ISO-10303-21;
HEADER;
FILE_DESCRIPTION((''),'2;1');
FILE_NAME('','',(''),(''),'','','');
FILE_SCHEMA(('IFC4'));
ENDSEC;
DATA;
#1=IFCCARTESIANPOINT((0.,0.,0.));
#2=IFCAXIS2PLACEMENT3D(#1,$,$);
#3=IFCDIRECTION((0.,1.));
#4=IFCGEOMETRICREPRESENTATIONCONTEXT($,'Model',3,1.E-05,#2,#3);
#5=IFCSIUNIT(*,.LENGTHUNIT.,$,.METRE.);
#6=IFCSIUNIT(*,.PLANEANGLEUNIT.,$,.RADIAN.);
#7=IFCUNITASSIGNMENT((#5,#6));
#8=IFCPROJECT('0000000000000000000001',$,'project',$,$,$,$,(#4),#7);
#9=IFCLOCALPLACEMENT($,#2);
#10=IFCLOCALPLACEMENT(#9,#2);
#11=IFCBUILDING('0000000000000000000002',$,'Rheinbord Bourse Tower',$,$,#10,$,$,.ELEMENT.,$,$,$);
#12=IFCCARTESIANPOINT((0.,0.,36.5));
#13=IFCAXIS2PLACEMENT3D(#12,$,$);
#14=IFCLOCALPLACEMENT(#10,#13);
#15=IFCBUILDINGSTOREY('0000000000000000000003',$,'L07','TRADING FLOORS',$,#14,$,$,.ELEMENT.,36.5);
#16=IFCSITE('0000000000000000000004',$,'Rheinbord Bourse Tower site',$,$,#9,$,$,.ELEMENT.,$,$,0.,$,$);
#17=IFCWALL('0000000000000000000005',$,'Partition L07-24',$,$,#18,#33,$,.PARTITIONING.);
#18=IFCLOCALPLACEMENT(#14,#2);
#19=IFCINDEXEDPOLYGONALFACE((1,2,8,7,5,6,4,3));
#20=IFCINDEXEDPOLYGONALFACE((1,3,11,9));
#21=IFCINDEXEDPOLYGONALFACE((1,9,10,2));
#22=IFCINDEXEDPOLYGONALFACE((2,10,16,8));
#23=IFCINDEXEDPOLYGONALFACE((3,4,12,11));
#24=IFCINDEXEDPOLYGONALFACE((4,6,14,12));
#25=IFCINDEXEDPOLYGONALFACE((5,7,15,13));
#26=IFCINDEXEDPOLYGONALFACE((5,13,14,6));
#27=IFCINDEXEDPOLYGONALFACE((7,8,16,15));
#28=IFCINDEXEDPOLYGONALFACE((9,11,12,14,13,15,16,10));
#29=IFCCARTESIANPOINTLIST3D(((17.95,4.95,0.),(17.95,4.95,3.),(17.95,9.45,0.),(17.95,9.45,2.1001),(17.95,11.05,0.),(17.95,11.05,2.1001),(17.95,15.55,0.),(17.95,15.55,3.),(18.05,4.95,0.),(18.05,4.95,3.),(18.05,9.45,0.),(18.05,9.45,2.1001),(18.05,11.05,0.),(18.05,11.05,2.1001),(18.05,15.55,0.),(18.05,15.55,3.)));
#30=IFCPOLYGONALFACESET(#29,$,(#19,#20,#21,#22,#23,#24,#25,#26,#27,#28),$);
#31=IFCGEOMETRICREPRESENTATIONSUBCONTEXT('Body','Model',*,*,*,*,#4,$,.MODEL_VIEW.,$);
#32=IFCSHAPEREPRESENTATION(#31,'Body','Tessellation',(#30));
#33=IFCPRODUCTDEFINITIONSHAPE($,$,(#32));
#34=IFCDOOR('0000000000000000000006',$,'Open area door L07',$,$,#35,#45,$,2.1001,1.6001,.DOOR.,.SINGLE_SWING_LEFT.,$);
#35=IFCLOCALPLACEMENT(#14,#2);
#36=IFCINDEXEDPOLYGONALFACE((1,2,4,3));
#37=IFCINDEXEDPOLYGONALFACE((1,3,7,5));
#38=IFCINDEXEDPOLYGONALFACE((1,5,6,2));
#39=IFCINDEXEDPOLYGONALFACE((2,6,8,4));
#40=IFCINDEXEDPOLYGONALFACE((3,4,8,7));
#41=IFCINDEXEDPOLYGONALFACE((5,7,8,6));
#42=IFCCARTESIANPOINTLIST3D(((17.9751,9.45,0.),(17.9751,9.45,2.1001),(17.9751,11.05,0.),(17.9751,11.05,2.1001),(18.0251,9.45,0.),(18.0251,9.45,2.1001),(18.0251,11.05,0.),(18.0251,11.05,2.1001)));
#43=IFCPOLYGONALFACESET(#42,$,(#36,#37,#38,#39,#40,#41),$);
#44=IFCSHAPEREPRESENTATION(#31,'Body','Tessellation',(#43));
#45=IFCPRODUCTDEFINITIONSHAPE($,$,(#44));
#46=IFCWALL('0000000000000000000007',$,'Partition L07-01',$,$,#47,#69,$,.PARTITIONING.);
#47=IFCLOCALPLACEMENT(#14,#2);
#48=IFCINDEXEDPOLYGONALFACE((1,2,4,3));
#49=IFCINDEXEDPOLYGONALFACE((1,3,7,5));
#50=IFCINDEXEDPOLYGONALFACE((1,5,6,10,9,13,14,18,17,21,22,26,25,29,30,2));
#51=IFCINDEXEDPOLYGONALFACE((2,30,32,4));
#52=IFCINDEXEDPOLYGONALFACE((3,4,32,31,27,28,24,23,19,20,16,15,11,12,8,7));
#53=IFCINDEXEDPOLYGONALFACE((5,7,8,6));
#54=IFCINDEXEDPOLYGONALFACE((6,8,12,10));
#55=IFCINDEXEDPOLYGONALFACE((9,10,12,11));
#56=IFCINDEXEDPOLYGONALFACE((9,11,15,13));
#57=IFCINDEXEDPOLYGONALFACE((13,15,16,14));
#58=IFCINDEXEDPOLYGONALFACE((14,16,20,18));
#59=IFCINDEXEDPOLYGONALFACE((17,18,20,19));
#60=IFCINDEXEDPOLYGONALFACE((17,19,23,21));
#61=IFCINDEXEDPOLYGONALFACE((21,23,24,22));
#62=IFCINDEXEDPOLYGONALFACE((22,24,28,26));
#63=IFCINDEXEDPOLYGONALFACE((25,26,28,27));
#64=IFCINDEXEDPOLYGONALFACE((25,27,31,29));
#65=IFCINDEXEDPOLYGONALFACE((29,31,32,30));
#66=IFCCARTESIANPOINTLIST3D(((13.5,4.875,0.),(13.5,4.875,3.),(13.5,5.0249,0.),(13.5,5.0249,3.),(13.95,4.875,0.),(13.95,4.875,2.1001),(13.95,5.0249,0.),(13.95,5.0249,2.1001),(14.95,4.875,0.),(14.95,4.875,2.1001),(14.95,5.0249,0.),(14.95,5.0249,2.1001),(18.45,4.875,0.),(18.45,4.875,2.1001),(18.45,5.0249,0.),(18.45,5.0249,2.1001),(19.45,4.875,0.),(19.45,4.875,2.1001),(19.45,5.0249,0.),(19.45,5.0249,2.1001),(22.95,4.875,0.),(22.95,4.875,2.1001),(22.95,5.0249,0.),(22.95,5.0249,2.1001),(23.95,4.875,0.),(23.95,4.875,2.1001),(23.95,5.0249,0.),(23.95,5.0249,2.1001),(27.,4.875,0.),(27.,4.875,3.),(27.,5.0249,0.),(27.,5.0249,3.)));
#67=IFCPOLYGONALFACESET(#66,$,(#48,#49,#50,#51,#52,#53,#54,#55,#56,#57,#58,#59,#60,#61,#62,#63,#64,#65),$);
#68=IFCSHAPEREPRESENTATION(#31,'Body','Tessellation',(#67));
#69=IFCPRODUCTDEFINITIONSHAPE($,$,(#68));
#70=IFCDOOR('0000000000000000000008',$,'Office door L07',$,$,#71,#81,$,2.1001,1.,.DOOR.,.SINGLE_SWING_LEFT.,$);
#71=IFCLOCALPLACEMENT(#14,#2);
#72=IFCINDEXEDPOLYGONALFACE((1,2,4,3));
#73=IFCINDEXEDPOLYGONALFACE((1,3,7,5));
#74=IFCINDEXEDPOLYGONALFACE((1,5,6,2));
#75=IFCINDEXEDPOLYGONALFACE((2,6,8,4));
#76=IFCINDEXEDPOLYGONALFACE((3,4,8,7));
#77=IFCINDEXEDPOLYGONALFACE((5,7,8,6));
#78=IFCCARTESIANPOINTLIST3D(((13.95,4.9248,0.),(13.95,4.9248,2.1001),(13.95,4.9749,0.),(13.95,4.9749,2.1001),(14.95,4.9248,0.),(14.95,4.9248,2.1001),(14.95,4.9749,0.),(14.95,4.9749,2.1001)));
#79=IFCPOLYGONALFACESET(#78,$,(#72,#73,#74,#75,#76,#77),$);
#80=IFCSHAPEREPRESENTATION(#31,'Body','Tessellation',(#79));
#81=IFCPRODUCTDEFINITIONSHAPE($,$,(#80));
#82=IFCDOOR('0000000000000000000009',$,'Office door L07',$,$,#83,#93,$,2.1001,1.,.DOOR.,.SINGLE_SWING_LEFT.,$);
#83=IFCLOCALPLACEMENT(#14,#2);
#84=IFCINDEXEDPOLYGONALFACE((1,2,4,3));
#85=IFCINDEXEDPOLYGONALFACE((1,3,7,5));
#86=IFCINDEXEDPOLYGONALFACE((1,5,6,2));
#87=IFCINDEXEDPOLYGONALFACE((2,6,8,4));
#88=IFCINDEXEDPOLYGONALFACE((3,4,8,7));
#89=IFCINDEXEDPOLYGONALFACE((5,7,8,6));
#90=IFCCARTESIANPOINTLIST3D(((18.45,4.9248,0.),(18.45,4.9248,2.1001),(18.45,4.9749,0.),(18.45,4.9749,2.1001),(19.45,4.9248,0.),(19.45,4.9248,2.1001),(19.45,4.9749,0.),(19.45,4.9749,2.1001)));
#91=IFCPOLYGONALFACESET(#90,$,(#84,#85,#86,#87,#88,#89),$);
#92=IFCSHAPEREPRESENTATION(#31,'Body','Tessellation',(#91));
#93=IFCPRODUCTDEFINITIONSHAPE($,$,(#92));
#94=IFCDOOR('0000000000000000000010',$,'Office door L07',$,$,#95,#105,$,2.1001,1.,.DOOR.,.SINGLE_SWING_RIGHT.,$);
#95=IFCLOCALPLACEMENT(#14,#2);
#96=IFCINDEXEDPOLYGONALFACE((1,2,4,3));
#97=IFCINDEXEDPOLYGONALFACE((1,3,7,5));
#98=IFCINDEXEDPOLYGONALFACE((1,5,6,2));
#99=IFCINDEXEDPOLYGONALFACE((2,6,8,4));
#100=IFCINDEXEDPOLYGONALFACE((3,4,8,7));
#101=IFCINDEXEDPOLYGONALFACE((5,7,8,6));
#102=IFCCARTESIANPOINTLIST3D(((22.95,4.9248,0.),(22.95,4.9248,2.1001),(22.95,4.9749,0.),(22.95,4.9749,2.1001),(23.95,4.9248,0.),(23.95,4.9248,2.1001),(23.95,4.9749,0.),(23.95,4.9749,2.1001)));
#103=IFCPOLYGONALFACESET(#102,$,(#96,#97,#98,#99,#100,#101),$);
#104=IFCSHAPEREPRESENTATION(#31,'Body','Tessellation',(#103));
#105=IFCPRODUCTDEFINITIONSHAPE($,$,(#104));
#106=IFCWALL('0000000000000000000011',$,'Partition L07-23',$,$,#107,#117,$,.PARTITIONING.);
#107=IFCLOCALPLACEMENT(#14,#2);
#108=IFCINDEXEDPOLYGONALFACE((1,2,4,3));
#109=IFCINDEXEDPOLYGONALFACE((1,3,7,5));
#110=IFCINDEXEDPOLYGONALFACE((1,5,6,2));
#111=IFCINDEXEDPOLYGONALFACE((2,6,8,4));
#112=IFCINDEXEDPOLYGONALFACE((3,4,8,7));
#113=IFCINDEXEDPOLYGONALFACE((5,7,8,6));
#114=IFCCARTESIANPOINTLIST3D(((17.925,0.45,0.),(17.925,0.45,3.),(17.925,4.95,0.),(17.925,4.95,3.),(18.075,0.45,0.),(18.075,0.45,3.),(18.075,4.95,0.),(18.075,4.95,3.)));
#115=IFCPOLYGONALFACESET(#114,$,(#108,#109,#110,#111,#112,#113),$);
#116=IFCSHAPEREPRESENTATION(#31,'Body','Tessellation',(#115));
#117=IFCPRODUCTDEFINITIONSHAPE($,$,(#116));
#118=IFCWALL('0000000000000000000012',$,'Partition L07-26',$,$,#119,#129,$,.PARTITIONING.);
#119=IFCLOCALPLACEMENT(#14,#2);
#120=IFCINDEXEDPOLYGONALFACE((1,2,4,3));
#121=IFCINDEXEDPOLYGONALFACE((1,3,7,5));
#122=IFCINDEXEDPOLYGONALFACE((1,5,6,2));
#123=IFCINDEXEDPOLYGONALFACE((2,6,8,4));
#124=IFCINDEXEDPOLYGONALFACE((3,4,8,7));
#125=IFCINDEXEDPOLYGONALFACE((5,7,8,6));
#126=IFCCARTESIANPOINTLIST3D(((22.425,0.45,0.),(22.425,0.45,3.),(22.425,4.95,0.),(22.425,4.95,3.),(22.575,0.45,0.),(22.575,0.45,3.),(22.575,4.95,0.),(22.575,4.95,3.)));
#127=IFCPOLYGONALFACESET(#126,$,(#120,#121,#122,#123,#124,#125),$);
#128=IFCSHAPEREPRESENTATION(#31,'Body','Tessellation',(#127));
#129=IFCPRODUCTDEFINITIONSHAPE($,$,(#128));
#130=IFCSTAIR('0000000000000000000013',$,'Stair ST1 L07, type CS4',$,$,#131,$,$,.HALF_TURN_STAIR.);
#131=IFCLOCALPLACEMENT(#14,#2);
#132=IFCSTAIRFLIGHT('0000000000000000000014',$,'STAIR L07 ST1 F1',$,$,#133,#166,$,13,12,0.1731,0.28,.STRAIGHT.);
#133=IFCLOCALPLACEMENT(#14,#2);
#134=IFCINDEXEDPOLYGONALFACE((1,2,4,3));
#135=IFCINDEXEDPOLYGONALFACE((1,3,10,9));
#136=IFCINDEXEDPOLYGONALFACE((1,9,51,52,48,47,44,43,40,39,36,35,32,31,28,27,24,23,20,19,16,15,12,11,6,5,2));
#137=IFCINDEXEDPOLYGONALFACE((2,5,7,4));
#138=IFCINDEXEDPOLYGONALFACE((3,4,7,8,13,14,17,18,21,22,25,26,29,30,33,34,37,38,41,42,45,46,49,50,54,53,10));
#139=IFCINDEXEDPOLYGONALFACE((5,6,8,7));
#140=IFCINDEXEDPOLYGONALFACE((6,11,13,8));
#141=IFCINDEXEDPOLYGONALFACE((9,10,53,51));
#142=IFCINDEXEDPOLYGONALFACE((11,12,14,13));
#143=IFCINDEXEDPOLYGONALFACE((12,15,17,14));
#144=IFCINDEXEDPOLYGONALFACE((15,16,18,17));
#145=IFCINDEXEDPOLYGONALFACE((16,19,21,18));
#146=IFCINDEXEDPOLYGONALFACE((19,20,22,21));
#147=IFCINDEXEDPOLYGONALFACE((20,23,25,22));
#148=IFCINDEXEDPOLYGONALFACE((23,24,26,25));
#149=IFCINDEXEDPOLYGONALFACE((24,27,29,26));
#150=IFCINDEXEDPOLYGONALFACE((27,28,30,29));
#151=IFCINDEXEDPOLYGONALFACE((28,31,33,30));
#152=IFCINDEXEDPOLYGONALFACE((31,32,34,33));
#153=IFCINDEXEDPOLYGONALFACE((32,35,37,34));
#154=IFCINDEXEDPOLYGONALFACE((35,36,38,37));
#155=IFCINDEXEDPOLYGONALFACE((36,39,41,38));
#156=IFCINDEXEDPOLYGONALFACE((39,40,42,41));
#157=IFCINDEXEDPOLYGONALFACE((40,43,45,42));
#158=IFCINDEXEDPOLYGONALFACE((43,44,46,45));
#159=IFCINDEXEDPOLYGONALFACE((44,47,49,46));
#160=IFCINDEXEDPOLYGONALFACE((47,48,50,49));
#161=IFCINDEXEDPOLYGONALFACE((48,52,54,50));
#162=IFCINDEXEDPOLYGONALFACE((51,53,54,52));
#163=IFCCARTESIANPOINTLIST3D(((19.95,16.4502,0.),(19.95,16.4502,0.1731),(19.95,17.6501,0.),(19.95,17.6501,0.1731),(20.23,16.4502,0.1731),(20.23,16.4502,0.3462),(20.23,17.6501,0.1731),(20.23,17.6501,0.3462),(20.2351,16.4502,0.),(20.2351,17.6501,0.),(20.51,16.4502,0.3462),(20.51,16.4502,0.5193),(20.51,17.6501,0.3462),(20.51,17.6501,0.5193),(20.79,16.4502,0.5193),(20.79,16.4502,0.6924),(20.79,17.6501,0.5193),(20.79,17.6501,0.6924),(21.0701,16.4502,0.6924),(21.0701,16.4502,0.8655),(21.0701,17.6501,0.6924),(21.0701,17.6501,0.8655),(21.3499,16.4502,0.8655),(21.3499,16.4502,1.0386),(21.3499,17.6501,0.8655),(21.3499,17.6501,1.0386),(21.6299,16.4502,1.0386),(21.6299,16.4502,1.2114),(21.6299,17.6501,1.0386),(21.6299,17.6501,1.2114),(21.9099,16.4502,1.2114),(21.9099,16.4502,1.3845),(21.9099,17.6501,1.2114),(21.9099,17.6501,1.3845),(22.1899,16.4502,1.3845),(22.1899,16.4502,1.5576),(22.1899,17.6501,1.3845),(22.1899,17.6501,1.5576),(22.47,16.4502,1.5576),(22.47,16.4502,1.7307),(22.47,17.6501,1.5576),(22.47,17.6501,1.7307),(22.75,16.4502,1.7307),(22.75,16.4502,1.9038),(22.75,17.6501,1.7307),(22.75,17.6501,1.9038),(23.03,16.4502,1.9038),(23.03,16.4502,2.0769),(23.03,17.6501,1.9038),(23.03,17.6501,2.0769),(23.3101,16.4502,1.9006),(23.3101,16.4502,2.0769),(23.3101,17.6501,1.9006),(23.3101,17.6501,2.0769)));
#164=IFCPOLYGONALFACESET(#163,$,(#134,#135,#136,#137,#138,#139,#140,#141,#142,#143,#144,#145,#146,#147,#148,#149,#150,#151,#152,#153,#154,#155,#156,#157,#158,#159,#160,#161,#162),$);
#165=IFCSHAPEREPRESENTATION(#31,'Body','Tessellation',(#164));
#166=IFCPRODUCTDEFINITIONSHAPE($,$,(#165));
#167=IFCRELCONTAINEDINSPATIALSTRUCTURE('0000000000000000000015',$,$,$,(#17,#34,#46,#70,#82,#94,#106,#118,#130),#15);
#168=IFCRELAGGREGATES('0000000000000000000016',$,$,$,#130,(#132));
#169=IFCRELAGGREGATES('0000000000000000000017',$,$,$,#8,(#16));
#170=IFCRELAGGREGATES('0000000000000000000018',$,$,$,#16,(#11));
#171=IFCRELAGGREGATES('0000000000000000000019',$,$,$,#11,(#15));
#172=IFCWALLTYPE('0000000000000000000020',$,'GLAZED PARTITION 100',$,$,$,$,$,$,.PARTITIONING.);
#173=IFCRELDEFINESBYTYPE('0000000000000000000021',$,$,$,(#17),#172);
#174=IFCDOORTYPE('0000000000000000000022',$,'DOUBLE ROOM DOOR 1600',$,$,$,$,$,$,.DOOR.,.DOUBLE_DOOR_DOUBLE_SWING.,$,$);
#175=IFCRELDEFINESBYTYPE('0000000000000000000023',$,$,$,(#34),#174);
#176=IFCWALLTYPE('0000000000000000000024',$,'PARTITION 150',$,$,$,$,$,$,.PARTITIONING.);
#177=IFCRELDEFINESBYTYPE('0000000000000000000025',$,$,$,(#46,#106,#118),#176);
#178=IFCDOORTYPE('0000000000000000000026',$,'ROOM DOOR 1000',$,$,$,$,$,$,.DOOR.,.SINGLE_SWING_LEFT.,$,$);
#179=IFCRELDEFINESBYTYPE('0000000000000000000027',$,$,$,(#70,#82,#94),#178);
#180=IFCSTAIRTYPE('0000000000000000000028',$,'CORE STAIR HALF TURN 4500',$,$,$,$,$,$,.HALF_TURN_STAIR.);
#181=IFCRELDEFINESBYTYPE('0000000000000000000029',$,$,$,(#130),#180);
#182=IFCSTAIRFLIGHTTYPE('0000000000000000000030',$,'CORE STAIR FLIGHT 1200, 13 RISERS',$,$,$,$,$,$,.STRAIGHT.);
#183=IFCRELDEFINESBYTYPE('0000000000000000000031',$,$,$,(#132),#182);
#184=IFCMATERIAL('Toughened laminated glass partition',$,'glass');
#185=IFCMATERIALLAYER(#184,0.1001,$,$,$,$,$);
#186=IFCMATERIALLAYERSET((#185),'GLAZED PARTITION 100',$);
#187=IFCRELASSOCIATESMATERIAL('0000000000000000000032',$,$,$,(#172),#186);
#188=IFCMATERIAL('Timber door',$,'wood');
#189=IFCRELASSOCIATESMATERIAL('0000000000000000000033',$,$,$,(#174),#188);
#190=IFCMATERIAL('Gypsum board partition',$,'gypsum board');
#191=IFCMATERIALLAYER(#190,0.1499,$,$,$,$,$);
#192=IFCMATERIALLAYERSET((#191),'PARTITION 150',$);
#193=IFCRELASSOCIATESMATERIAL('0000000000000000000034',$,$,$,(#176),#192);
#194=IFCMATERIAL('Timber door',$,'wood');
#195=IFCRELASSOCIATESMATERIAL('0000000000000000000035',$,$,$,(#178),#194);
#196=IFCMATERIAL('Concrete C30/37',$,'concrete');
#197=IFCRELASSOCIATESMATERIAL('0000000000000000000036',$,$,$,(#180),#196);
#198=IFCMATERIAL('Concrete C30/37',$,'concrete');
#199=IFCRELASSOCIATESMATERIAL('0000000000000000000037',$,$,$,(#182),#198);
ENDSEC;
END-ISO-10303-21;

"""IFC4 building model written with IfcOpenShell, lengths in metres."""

from ifc_helpers import new_model, si_unit, direction, frame, frame_2d, origin, place, context, subcontext, project, spatial, polyline, rectangle, outline, extrude, material, layer, layer_set, type_object, element, fill, aggregate, save


model = new_model("IFC4")

# Units and contexts
model_context = context("Model", 3, precision=1e-05, world=origin(), true_north=direction((0.0, 1.0)))
body_context = subcontext(model_context, "Body", "Model", "MODEL_VIEW")
ifc_project = project(units=[si_unit("LENGTHUNIT", "METRE"), si_unit("PLANEANGLEUNIT", "RADIAN")], contexts=[model_context])

# Site, building, storey
site_placement = place(None, origin())
site = spatial("IfcSite", under=ifc_project, at=site_placement, Name="Rheinbord Bourse Tower site", CompositionType="ELEMENT", RefElevation=0.0)
building_placement = place(site_placement, origin())
building = spatial("IfcBuilding", under=site, at=building_placement, Name="Rheinbord Bourse Tower", CompositionType="ELEMENT")
storey_placement = place(building_placement, frame((0.0, 0.0, 36.5)))
storey = spatial("IfcBuildingStorey", under=building, at=storey_placement, Name="L07", Description="TRADING FLOORS", CompositionType="ELEMENT", Elevation=36.5)

# Wall, opening, door
ifc_material_1 = material(Name="Toughened laminated glass partition", Category="glass")
ifc_layer_1 = layer(ifc_material_1, 0.1001)
ifc_layer_set_1 = layer_set([ifc_layer_1], Name="GLAZED PARTITION 100")
wall_type_1 = type_object("IfcWallType", Name="GLAZED PARTITION 100", PredefinedType="PARTITIONING", material=ifc_layer_set_1)
wall_1_placement = place(storey_placement, frame((18.0, 4.95, 0.0), z_axis=(0.0, 0.0, 1.0), x_axis=(0.0, 1.0, 0.0)))
wall_1 = element("IfcWall", 1, at=wall_1_placement, inside=storey, type_object=wall_type_1, Name="Partition L07-24", PredefinedType="PARTITIONING", context=body_context, shape_type="SweptSolid", body=[
    extrude(rectangle(XDim=10.6001, YDim=0.1001, at=frame_2d((5.3, 0.0))), origin(), (0.0, 0.0, 1.0), 3.0),
])
opening_1_placement = place(wall_1_placement, frame((4.5, 0.0, 0.0)))
opening_1 = element("IfcOpeningElement", 2, at=opening_1_placement, cuts=wall_1, PredefinedType="OPENING", context=body_context, shape_type="SweptSolid", body=[
    extrude(rectangle(XDim=1.6001, YDim=2.1001, at=frame_2d((0.8, 1.05))), frame((0.0, 0.0601, 0.0), z_axis=(0.0, -1.0, 0.0), x_axis=(1.0, 0.0, 0.0)), (0.0, 0.0, 1.0), 0.1201),
])
ifc_material_2 = material(Name="Timber door", Category="wood")
door_type_1 = type_object("IfcDoorType", Name="DOUBLE ROOM DOOR 1600", OperationType="DOUBLE_DOOR_DOUBLE_SWING", PredefinedType="DOOR", material=ifc_material_2)
door_1_placement = place(opening_1_placement, origin())
door_1 = element("IfcDoor", 3, at=door_1_placement, inside=storey, type_object=door_type_1, Name="Open area door L07", OperationType="SINGLE_SWING_LEFT", OverallHeight=2.1001, OverallWidth=1.6001, PredefinedType="DOOR", context=body_context, shape_type="SweptSolid", body=[
    extrude(rectangle(XDim=1.6001, YDim=2.1001, at=frame_2d((0.8, 1.05))), frame((0.0, 0.0249, 0.0), z_axis=(0.0, -1.0, 0.0), x_axis=(1.0, 0.0, 0.0)), (0.0, 0.0, 1.0), 0.05),
])
fill(opening_1, door_1)

# Wall, openings, doors
ifc_material_3 = material(Name="Gypsum board partition", Category="gypsum board")
ifc_layer_2 = layer(ifc_material_3, 0.1499)
ifc_layer_set_2 = layer_set([ifc_layer_2], Name="PARTITION 150")
wall_type_2 = type_object("IfcWallType", Name="PARTITION 150", PredefinedType="PARTITIONING", material=ifc_layer_set_2)
wall_2_placement = place(storey_placement, frame((13.5, 4.95, 0.0), z_axis=(0.0, 0.0, 1.0), x_axis=(1.0, 0.0, 0.0)))
wall_2 = element("IfcWall", 4, at=wall_2_placement, inside=storey, type_object=wall_type_2, Name="Partition L07-01", PredefinedType="PARTITIONING", context=body_context, shape_type="SweptSolid", body=[
    extrude(rectangle(XDim=13.5, YDim=0.1499, at=frame_2d((6.75, 0.0))), origin(), (0.0, 0.0, 1.0), 3.0),
])
opening_2_placement = place(wall_2_placement, frame((0.45, 0.0, 0.0)))
opening_2 = element("IfcOpeningElement", 5, at=opening_2_placement, cuts=wall_2, PredefinedType="OPENING", context=body_context, shape_type="SweptSolid", body=[
    extrude(rectangle(XDim=1.0, YDim=2.1001, at=frame_2d((0.5, 1.05))), frame((0.0, 0.085, 0.0), z_axis=(0.0, -1.0, 0.0), x_axis=(1.0, 0.0, 0.0)), (0.0, 0.0, 1.0), 0.1699),
])
opening_3_placement = place(wall_2_placement, frame((4.95, 0.0, 0.0)))
opening_3 = element("IfcOpeningElement", 6, at=opening_3_placement, cuts=wall_2, PredefinedType="OPENING", context=body_context, shape_type="SweptSolid", body=[
    extrude(rectangle(XDim=1.0, YDim=2.1001, at=frame_2d((0.5, 1.05))), frame((0.0, 0.085, 0.0), z_axis=(0.0, -1.0, 0.0), x_axis=(1.0, 0.0, 0.0)), (0.0, 0.0, 1.0), 0.1699),
])
opening_4_placement = place(wall_2_placement, frame((9.45, 0.0, 0.0)))
opening_4 = element("IfcOpeningElement", 7, at=opening_4_placement, cuts=wall_2, PredefinedType="OPENING", context=body_context, shape_type="SweptSolid", body=[
    extrude(rectangle(XDim=1.0, YDim=2.1001, at=frame_2d((0.5, 1.05))), frame((0.0, 0.085, 0.0), z_axis=(0.0, -1.0, 0.0), x_axis=(1.0, 0.0, 0.0)), (0.0, 0.0, 1.0), 0.1699),
])
ifc_material_4 = material(Name="Timber door", Category="wood")
door_type_2 = type_object("IfcDoorType", Name="ROOM DOOR 1000", OperationType="SINGLE_SWING_LEFT", PredefinedType="DOOR", material=ifc_material_4)
door_2_placement = place(opening_2_placement, origin())
door_2 = element("IfcDoor", 8, at=door_2_placement, inside=storey, type_object=door_type_2, Name="Office door L07", OperationType="SINGLE_SWING_LEFT", OverallHeight=2.1001, OverallWidth=1.0, PredefinedType="DOOR", context=body_context, shape_type="SweptSolid", body=[
    extrude(rectangle(XDim=1.0, YDim=2.1001, at=frame_2d((0.5, 1.05))), frame((0.0, 0.0249, 0.0), z_axis=(0.0, -1.0, 0.0), x_axis=(1.0, 0.0, 0.0)), (0.0, 0.0, 1.0), 0.05),
])
fill(opening_2, door_2)
door_3_placement = place(opening_3_placement, origin())
door_3 = element("IfcDoor", 9, at=door_3_placement, inside=storey, type_object=door_type_2, Name="Office door L07", OperationType="SINGLE_SWING_LEFT", OverallHeight=2.1001, OverallWidth=1.0, PredefinedType="DOOR", context=body_context, shape_type="SweptSolid", body=[
    extrude(rectangle(XDim=1.0, YDim=2.1001, at=frame_2d((0.5, 1.05))), frame((0.0, 0.0249, 0.0), z_axis=(0.0, -1.0, 0.0), x_axis=(1.0, 0.0, 0.0)), (0.0, 0.0, 1.0), 0.05),
])
fill(opening_3, door_3)
door_4_placement = place(opening_4_placement, origin())
door_4 = element("IfcDoor", 10, at=door_4_placement, inside=storey, type_object=door_type_2, Name="Office door L07", OperationType="SINGLE_SWING_RIGHT", OverallHeight=2.1001, OverallWidth=1.0, PredefinedType="DOOR", context=body_context, shape_type="SweptSolid", body=[
    extrude(rectangle(XDim=1.0, YDim=2.1001, at=frame_2d((0.5, 1.05))), frame((0.0, 0.0249, 0.0), z_axis=(0.0, -1.0, 0.0), x_axis=(1.0, 0.0, 0.0)), (0.0, 0.0, 1.0), 0.05),
])
fill(opening_4, door_4)

# Walls
for number, where, z_axis, x_axis, name in (
    (11, (18.0, 0.45, 0.0), (0.0, 0.0, 1.0), (0.0, 1.0, 0.0), "Partition L07-23"),
    (12, (22.5, 0.45, 0.0), (0.0, 0.0, 1.0), (0.0, 1.0, 0.0), "Partition L07-26"),
):
    element("IfcWall", number, at=place(storey_placement, frame(where, z_axis=z_axis, x_axis=x_axis)), inside=storey, type_object=wall_type_2, Name=name, PredefinedType="PARTITIONING", context=body_context, shape_type="SweptSolid", body=[
        extrude(rectangle(XDim=4.5, YDim=0.1499, at=frame_2d((2.25, 0.0))), origin(), (0.0, 0.0, 1.0), 3.0),
    ])

# Stair, stair flight
ifc_material_5 = material(Name="Concrete C30/37", Category="concrete")
stair_type = type_object("IfcStairType", Name="CORE STAIR HALF TURN 4500", PredefinedType="HALF_TURN_STAIR", material=ifc_material_5)
stair_placement = place(storey_placement, origin())
stair = element("IfcStair", 13, at=stair_placement, inside=storey, type_object=stair_type, Name="Stair ST1 L07, type CS4", PredefinedType="HALF_TURN_STAIR")
ifc_material_6 = material(Name="Concrete C30/37", Category="concrete")
stair_flight_type = type_object("IfcStairFlightType", Name="CORE STAIR FLIGHT 1200, 13 RISERS", PredefinedType="STRAIGHT", material=ifc_material_6)
stair_flight_1_placement = place(storey_placement, frame((19.95, 17.05, 0.0), z_axis=(0.0, 0.0, 1.0), x_axis=(1.0, 0.0, 0.0)))
stair_flight_1 = element("IfcStairFlight", 14, at=stair_flight_1_placement, type_object=stair_flight_type, Name="STAIR L07 ST1 F1", NumberOfRisers=13, NumberOfTreads=12, PredefinedType="STRAIGHT", RiserHeight=0.1731, TreadLength=0.28, context=body_context, shape_type="SweptSolid", body=[
    extrude(outline(polyline([(0.0, 0.0), (0.0, 0.1731), (0.28, 0.1731), (0.28, 0.3462), (0.5601, 0.3462), (0.5601, 0.5193), (0.8401, 0.5193), (0.8401, 0.6924), (1.1201, 0.6924), (1.1201, 0.8655), (1.3999, 0.8655), (1.3999, 1.0386), (1.6799, 1.0386), (1.6799, 1.2114), (1.96, 1.2114), (1.96, 1.3845), (2.24, 1.3845), (2.24, 1.5576), (2.52, 1.5576), (2.52, 1.7307), (2.8, 1.7307), (2.8, 1.9038), (3.0801, 1.9038), (3.0801, 2.0769), (3.3601, 2.0769), (3.3601, 2.25), (3.3601, 1.9006), (0.2852, 0.0), (0.0, 0.0)])), frame((0.0, 0.6001, 0.0), z_axis=(0.0, -1.0, 0.0), x_axis=(1.0, 0.0, 0.0)), (0.0, 0.0, 1.0), 1.2),
])
aggregate(stair, [stair_flight_1])

save(model, "model.ifc")
